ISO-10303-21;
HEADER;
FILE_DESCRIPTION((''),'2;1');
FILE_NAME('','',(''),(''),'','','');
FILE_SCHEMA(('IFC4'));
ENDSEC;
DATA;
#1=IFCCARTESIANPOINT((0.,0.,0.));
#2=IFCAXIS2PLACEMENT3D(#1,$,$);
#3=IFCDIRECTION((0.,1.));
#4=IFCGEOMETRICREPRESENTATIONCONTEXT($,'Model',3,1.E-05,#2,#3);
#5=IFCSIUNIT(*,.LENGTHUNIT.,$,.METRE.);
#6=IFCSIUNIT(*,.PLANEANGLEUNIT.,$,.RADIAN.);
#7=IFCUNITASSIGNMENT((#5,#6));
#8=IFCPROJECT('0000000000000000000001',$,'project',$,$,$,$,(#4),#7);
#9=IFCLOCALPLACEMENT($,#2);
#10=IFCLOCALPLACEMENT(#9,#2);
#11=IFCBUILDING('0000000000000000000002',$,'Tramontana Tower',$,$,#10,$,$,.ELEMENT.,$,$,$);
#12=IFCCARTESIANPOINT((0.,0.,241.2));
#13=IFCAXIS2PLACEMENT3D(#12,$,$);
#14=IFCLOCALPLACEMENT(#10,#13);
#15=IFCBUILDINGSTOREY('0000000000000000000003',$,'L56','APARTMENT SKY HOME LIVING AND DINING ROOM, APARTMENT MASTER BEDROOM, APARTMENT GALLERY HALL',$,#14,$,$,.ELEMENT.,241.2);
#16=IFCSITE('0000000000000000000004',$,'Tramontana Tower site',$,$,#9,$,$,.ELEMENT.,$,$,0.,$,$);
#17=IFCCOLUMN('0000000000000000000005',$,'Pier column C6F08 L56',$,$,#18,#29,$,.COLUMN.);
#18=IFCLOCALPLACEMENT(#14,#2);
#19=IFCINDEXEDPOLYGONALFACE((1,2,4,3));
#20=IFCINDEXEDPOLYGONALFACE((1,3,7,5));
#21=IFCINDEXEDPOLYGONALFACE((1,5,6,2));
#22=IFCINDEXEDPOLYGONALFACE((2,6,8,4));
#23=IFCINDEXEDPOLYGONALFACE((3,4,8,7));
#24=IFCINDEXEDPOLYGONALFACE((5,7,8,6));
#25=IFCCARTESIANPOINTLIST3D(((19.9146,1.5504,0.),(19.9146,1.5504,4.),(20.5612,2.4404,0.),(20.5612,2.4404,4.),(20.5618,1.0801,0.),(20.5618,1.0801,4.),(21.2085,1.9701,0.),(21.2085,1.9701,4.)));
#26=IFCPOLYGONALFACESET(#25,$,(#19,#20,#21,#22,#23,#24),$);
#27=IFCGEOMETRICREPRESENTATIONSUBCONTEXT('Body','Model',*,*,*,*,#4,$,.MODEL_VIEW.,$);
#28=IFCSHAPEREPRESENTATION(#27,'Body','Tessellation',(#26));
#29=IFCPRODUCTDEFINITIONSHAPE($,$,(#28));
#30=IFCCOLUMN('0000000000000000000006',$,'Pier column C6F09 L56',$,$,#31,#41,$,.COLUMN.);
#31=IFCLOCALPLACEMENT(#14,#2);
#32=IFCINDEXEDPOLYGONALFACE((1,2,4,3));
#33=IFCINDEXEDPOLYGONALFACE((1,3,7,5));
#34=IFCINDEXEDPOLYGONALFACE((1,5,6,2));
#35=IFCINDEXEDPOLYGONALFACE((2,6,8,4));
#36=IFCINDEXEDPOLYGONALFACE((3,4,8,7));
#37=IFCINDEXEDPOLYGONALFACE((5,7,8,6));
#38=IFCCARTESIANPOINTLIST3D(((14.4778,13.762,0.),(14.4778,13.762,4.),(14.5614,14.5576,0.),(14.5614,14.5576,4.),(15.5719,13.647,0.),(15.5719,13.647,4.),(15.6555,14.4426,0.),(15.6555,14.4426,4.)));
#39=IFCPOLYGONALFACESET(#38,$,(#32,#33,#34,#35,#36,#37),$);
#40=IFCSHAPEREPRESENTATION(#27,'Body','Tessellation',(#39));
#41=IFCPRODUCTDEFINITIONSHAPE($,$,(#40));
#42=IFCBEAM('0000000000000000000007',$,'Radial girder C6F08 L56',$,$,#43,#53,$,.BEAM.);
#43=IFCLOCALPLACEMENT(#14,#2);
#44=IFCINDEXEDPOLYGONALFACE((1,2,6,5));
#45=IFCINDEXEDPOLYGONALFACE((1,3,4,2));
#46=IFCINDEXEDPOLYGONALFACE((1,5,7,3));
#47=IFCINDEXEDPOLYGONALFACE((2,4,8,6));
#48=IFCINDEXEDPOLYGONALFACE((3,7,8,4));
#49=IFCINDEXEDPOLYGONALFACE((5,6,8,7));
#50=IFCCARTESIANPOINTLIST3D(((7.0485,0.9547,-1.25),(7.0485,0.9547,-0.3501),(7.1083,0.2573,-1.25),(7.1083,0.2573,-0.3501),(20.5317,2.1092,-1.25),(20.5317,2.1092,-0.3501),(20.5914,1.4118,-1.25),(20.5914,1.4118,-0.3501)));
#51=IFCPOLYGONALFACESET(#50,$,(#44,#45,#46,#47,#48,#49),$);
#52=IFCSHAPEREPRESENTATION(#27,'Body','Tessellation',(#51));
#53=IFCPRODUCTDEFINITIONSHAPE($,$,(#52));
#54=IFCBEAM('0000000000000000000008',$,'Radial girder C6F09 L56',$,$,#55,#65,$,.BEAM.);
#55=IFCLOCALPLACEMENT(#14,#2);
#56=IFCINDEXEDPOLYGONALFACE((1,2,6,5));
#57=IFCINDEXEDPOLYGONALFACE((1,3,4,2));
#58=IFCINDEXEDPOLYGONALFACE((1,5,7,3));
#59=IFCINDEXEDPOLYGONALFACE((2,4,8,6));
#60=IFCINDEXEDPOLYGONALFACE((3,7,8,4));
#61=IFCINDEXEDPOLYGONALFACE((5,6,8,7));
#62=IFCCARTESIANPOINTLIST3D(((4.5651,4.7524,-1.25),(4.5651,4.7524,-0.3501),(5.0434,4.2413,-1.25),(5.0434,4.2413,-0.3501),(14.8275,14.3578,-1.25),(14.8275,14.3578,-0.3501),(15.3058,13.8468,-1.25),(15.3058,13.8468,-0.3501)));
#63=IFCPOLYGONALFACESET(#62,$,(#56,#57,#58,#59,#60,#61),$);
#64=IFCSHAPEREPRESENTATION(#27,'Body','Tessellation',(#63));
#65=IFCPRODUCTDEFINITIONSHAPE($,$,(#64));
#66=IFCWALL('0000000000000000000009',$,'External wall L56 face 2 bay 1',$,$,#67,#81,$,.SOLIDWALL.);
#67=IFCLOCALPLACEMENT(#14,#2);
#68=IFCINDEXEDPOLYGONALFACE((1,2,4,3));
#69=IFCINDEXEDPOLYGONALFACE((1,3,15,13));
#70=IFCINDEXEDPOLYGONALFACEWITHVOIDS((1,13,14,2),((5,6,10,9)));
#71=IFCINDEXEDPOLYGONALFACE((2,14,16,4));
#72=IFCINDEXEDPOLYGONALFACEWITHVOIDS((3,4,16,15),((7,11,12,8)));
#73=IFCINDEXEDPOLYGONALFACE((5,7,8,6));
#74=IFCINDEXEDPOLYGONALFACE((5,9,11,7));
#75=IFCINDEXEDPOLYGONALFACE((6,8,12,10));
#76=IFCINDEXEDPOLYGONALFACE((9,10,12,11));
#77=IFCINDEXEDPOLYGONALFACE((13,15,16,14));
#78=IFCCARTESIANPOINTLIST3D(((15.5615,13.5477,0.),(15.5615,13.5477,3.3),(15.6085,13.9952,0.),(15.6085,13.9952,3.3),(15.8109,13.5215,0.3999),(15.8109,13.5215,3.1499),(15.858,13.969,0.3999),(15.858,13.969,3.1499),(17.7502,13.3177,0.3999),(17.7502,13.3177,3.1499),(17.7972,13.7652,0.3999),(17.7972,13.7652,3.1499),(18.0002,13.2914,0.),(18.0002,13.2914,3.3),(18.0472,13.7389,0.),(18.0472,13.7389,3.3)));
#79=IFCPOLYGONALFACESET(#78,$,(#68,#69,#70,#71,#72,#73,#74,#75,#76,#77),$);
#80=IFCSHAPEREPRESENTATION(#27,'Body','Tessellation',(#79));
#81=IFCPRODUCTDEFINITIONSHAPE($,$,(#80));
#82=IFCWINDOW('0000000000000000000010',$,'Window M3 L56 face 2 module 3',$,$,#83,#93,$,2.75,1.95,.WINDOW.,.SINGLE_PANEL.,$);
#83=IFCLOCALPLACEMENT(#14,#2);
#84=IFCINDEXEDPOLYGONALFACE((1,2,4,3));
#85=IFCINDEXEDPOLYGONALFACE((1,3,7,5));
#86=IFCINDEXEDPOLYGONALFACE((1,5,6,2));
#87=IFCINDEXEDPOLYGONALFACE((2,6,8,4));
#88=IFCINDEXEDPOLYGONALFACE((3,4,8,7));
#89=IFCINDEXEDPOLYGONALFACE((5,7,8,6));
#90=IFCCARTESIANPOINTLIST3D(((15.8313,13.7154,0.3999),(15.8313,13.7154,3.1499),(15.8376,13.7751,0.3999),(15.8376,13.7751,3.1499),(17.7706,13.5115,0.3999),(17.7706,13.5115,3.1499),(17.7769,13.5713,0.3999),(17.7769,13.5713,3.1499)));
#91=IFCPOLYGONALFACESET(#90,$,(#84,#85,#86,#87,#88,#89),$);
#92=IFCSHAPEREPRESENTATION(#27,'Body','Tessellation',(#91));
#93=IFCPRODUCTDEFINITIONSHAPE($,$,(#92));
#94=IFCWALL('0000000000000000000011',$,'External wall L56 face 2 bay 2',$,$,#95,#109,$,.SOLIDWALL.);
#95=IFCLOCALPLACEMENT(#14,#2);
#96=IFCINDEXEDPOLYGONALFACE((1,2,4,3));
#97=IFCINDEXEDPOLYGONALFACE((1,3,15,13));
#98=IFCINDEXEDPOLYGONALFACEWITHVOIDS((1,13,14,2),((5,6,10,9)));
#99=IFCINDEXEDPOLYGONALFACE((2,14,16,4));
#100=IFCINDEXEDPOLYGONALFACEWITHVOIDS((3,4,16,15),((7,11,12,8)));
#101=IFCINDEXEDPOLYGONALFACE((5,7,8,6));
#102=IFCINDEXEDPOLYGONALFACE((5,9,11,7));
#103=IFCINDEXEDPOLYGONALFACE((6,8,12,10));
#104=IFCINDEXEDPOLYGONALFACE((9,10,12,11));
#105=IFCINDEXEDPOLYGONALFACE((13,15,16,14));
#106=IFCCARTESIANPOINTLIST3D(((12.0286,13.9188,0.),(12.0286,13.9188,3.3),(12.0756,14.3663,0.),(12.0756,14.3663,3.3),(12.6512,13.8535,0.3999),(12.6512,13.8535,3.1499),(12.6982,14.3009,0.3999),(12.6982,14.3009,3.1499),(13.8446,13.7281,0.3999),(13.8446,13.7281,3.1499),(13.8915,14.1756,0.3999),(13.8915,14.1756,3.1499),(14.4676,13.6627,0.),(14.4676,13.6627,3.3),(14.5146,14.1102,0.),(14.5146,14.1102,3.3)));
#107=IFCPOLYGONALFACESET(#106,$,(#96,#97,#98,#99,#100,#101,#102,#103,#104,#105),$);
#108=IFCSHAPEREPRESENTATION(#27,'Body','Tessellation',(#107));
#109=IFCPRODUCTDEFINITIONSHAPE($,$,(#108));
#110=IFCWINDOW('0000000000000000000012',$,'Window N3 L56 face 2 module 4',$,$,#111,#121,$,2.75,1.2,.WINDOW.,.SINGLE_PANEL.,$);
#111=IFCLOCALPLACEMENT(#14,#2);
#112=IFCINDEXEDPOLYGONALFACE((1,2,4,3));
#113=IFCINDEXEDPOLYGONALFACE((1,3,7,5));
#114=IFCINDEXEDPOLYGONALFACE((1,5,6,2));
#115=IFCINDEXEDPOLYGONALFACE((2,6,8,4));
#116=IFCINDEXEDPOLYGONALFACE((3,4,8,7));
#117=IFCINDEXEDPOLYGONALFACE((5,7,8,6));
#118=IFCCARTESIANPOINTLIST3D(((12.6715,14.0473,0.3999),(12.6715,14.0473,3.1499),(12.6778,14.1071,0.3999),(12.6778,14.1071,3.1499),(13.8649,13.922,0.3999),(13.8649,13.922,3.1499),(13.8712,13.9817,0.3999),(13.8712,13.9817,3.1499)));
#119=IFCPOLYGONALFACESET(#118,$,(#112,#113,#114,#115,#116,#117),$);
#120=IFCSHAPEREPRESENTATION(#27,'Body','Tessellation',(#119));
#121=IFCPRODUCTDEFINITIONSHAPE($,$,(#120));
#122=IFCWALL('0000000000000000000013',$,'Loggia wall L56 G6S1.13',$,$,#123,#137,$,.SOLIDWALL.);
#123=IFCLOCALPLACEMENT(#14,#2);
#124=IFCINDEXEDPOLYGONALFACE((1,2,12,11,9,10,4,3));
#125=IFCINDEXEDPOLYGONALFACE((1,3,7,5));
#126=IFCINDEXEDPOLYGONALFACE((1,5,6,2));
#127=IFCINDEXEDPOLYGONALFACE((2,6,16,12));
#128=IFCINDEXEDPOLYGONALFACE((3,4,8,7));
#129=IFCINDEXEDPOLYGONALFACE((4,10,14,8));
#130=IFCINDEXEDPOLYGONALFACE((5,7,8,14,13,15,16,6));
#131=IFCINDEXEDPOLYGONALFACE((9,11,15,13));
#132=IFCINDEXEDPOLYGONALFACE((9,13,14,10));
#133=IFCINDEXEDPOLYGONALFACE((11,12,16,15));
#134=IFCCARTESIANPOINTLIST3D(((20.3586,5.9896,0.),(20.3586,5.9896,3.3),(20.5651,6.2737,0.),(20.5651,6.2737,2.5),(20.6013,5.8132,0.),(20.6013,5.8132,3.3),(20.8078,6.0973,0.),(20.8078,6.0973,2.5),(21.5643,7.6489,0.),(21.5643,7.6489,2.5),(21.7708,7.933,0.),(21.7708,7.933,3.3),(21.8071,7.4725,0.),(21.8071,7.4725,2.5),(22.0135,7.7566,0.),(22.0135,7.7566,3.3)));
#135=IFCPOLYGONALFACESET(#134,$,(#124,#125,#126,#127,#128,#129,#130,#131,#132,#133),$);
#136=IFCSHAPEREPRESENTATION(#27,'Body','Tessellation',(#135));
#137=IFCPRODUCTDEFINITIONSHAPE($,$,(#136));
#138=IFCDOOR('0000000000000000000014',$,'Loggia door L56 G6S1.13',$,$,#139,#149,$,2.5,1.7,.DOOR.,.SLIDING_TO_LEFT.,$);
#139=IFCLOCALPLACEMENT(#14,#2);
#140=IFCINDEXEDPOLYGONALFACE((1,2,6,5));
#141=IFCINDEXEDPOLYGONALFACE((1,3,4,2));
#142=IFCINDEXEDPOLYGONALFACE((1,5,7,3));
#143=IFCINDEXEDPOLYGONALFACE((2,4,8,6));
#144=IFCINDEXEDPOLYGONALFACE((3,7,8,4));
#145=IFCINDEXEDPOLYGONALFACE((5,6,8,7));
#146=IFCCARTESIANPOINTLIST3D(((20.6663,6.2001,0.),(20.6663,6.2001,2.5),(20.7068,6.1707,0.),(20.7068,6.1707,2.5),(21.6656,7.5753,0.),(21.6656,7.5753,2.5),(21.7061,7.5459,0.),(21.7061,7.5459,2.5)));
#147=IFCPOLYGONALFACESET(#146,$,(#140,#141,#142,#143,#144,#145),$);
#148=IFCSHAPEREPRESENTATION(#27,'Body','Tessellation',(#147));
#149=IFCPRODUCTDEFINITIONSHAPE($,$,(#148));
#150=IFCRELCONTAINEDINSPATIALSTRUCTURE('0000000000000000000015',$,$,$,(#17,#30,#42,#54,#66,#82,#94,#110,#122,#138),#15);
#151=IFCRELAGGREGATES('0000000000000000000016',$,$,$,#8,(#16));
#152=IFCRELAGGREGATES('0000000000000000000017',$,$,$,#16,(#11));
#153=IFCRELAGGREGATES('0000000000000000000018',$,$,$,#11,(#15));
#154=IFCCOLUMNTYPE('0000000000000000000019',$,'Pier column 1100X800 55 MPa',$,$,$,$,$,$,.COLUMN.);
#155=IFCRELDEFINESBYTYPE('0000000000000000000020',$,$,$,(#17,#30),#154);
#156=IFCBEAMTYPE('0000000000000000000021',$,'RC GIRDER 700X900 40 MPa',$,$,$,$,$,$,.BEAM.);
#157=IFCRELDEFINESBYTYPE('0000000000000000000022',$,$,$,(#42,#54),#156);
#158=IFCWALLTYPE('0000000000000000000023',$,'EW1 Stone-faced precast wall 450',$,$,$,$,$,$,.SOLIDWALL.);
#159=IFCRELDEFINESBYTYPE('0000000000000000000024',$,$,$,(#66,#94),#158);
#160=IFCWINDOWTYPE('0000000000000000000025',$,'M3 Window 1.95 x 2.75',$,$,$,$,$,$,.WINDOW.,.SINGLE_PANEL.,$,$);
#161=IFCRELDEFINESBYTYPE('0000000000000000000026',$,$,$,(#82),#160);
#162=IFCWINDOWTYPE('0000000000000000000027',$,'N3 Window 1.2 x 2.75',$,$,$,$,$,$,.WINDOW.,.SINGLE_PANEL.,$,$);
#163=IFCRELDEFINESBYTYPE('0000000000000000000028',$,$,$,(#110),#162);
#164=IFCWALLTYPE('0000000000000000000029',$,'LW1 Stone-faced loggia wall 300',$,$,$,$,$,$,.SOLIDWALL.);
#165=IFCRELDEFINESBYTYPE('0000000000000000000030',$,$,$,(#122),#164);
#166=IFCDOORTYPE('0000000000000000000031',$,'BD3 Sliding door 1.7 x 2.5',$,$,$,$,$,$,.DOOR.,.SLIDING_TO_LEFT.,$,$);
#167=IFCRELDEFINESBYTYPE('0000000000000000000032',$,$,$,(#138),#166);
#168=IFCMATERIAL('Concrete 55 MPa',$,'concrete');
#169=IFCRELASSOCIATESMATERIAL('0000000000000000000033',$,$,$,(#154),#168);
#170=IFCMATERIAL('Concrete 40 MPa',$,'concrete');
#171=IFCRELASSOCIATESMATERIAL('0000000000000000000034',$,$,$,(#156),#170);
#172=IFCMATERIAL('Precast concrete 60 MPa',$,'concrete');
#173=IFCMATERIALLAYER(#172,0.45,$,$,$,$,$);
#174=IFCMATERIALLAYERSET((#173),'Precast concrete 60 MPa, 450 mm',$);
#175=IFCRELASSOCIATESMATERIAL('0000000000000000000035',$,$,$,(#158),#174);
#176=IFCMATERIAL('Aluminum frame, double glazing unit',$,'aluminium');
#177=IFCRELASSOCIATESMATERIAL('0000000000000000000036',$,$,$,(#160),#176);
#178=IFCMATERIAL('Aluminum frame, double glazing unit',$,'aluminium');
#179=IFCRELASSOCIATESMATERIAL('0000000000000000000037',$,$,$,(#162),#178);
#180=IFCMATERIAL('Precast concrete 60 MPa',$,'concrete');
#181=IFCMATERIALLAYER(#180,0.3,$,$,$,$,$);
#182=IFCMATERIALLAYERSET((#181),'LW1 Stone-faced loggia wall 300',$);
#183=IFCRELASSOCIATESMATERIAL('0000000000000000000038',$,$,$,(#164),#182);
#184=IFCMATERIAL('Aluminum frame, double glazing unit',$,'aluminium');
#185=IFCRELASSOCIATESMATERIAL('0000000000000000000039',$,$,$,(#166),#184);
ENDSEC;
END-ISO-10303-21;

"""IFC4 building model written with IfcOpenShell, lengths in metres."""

from ifc_helpers import new_model, si_unit, direction, frame, frame_2d, origin, origin_2d, place, context, subcontext, project, spatial, rectangle, extrude, material, layer, layer_set, material_profile, profile_set, type_object, element, fill, save


model = new_model("IFC4")

# Units and contexts
model_context = context("Model", 3, precision=1e-05, world=origin(), true_north=direction((0.0, 1.0)))
body_context = subcontext(model_context, "Body", "Model", "MODEL_VIEW")
ifc_project = project(units=[si_unit("LENGTHUNIT", "METRE"), si_unit("PLANEANGLEUNIT", "RADIAN")], contexts=[model_context])

# Site, building, storey
site_placement = place(None, origin())
site = spatial("IfcSite", under=ifc_project, at=site_placement, Name="Tramontana Tower site", CompositionType="ELEMENT", RefElevation=0.0)
building_placement = place(site_placement, origin())
building = spatial("IfcBuilding", under=site, at=building_placement, Name="Tramontana Tower", CompositionType="ELEMENT")
storey_placement = place(building_placement, frame((0.0, 0.0, 241.2)))
storey = spatial("IfcBuildingStorey", under=building, at=storey_placement, Name="L56", Description="APARTMENT SKY HOME LIVING AND DINING ROOM, APARTMENT MASTER BEDROOM, APARTMENT GALLERY HALL", CompositionType="ELEMENT", Elevation=241.2)

# Columns
ifc_material_1 = material(Name="Concrete 55 MPa", Category="concrete")
ifc_material_profile_1 = material_profile(ifc_material_1, rectangle(XDim=1.1001, YDim=0.8, at=origin_2d()), Name="Pier column 1100X800 55 MPa")
ifc_profile_set_1 = profile_set([ifc_material_profile_1], Name="Concrete 55 MPa")
column_type = type_object("IfcColumnType", Name="Pier column 1100X800 55 MPa", PredefinedType="COLUMN", material=ifc_profile_set_1)
for number, where, z_axis, x_axis, name in (
    (1, (20.5615, 1.7603, 0.0), (0.0, 0.0, 1.0), (0.587785, 0.809017, 0.0), "Pier column C6F08 L56"),
    (2, (15.0667, 14.1023, 0.0), (0.0, 0.0, 1.0), (-0.994522, 0.104528, 0.0), "Pier column C6F09 L56"),
):
    element("IfcColumn", number, at=place(storey_placement, frame(where, z_axis=z_axis, x_axis=x_axis)), inside=storey, type_object=column_type, Name=name, PredefinedType="COLUMN", context=body_context, shape_type="SweptSolid", body=[
        extrude(rectangle(XDim=1.1001, YDim=0.8, at=origin_2d()), origin(), (0.0, 0.0, 1.0), 4.0),
    ])

# Beams
ifc_material_2 = material(Name="Concrete 40 MPa", Category="concrete")
ifc_material_profile_2 = material_profile(ifc_material_2, rectangle(XDim=0.7, YDim=0.8999, at=origin_2d()), Name="RC GIRDER 700X900 40 MPa")
ifc_profile_set_2 = profile_set([ifc_material_profile_2], Name="Concrete 40 MPa")
beam_type = type_object("IfcBeamType", Name="RC GIRDER 700X900 40 MPa", PredefinedType="BEAM", material=ifc_profile_set_2)
beam_1_placement = place(storey_placement, frame((20.5615, 1.7605, -0.8), z_axis=(-0.996354, -0.085316, 0.0), x_axis=(0.085316, -0.996354, 0.0)))
element("IfcBeam", 3, at=beam_1_placement, inside=storey, type_object=beam_type, Name="Radial girder C6F08 L56", PredefinedType="BEAM", context=body_context, shape_type="SweptSolid", body=[
    extrude(rectangle(XDim=0.7, YDim=0.8999, at=origin_2d()), origin(), (0.0, 0.0, 1.0), 13.5325),
])
beam_2_placement = place(storey_placement, frame((15.0667, 14.1023, -0.8), z_axis=(-0.73009, -0.683351, 0.0), x_axis=(0.683351, -0.73009, 0.0)))
element("IfcBeam", 4, at=beam_2_placement, inside=storey, type_object=beam_type, Name="Radial girder C6F09 L56", PredefinedType="BEAM", context=body_context, shape_type="SweptSolid", body=[
    extrude(rectangle(XDim=0.7, YDim=0.8999, at=origin_2d()), origin(), (0.0, 0.0, 1.0), 14.0564),
])

# Walls, openings, windows
ifc_material_3 = material(Name="Precast concrete 60 MPa", Category="concrete")
ifc_layer_1 = layer(ifc_material_3, 0.45)
ifc_layer_set_1 = layer_set([ifc_layer_1], Name="Precast concrete 60 MPa, 450 mm")
wall_type_1 = type_object("IfcWallType", Name="EW1 Stone-faced precast wall 450", PredefinedType="SOLIDWALL", material=ifc_layer_set_1)
wall_1_placement = place(storey_placement, frame((18.0237, 13.5151, 0.0), z_axis=(0.0, 0.0, 1.0), x_axis=(-0.994521, 0.10454, 0.0)))
wall_1 = element("IfcWall", 5, at=wall_1_placement, inside=storey, type_object=wall_type_1, Name="External wall L56 face 2 bay 1", PredefinedType="SOLIDWALL", context=body_context, shape_type="SweptSolid", body=[
    extrude(rectangle(XDim=2.4521, YDim=0.45, at=frame_2d((1.2261, 0.0))), origin(), (0.0, 0.0, 1.0), 3.3),
])
opening_1_placement = place(wall_1_placement, frame((0.2512, 0.0, 0.3999)))
opening_1 = element("IfcOpeningElement", 6, at=opening_1_placement, cuts=wall_1, PredefinedType="OPENING", context=body_context, shape_type="SweptSolid", body=[
    extrude(rectangle(XDim=1.95, YDim=2.75, at=frame_2d((0.9751, 1.375))), frame((0.0, 0.2349, 0.0), z_axis=(0.0, -1.0, 0.0), x_axis=(1.0, 0.0, 0.0)), (0.0, 0.0, 1.0), 0.47),
])
ifc_material_4 = material(Name="Aluminum frame, double glazing unit", Category="aluminium")
window_type_1 = type_object("IfcWindowType", Name="M3 Window 1.95 x 2.75", PartitioningType="SINGLE_PANEL", PredefinedType="WINDOW", material=ifc_material_4)
window_1_placement = place(opening_1_placement, origin())
window_1 = element("IfcWindow", 7, at=window_1_placement, inside=storey, type_object=window_type_1, Name="Window M3 L56 face 2 module 3", OverallHeight=2.75, OverallWidth=1.95, PartitioningType="SINGLE_PANEL", PredefinedType="WINDOW", context=body_context, shape_type="SweptSolid", body=[
    extrude(rectangle(XDim=1.95, YDim=2.75, at=frame_2d((0.9751, 1.375))), frame((0.0, 0.03, 0.0), z_axis=(0.0, -1.0, 0.0), x_axis=(1.0, 0.0, 0.0)), (0.0, 0.0, 1.0), 0.0601),
])
fill(opening_1, window_1)
wall_2_placement = place(storey_placement, frame((14.491, 13.8865, 0.0), z_axis=(0.0, 0.0, 1.0), x_axis=(-0.994532, 0.104431, 0.0)))
wall_2 = element("IfcWall", 8, at=wall_2_placement, inside=storey, type_object=wall_type_1, Name="External wall L56 face 2 bay 2", PredefinedType="SOLIDWALL", context=body_context, shape_type="SweptSolid", body=[
    extrude(rectangle(XDim=2.4524, YDim=0.45, at=frame_2d((1.2261, 0.0))), origin(), (0.0, 0.0, 1.0), 3.3),
])
opening_2_placement = place(wall_2_placement, frame((0.6262, 0.0, 0.3999)))
opening_2 = element("IfcOpeningElement", 9, at=opening_2_placement, cuts=wall_2, PredefinedType="OPENING", context=body_context, shape_type="SweptSolid", body=[
    extrude(rectangle(XDim=1.2, YDim=2.75, at=frame_2d((0.6001, 1.375))), frame((0.0, 0.2349, 0.0), z_axis=(0.0, -1.0, 0.0), x_axis=(1.0, 0.0, 0.0)), (0.0, 0.0, 1.0), 0.47),
])
ifc_material_5 = material(Name="Aluminum frame, double glazing unit", Category="aluminium")
window_type_2 = type_object("IfcWindowType", Name="N3 Window 1.2 x 2.75", PartitioningType="SINGLE_PANEL", PredefinedType="WINDOW", material=ifc_material_5)
window_2_placement = place(opening_2_placement, origin())
window_2 = element("IfcWindow", 10, at=window_2_placement, inside=storey, type_object=window_type_2, Name="Window N3 L56 face 2 module 4", OverallHeight=2.75, OverallWidth=1.2, PartitioningType="SINGLE_PANEL", PredefinedType="WINDOW", context=body_context, shape_type="SweptSolid", body=[
    extrude(rectangle(XDim=1.2, YDim=2.75, at=frame_2d((0.6001, 1.375))), frame((0.0, 0.03, 0.0), z_axis=(0.0, -1.0, 0.0), x_axis=(1.0, 0.0, 0.0)), (0.0, 0.0, 1.0), 0.0601),
])
fill(opening_2, window_2)

# Wall, opening, door
ifc_material_6 = material(Name="Precast concrete 60 MPa", Category="concrete")
ifc_layer_2 = layer(ifc_material_6, 0.3)
ifc_layer_set_2 = layer_set([ifc_layer_2], Name="LW1 Stone-faced loggia wall 300")
wall_type_2 = type_object("IfcWallType", Name="LW1 Stone-faced loggia wall 300", PredefinedType="SOLIDWALL", material=ifc_layer_set_2)
wall_3_placement = place(storey_placement, frame((20.48, 5.9014, 0.0), z_axis=(0.0, 0.0, 1.0), x_axis=(0.587833, 0.808982, 0.0)))
wall_3 = element("IfcWall", 11, at=wall_3_placement, inside=storey, type_object=wall_type_2, Name="Loggia wall L56 G6S1.13", PredefinedType="SOLIDWALL", context=body_context, shape_type="SweptSolid", body=[
    extrude(rectangle(XDim=2.4023, YDim=0.3, at=frame_2d((1.2012, 0.0))), origin(), (0.0, 0.0, 1.0), 3.3),
])
opening_3_placement = place(wall_3_placement, frame((0.3511, 0.0, 0.0)))
opening_3 = element("IfcOpeningElement", 12, at=opening_3_placement, cuts=wall_3, PredefinedType="OPENING", context=body_context, shape_type="SweptSolid", body=[
    extrude(rectangle(XDim=1.7, YDim=2.5, at=frame_2d((0.8501, 1.25))), frame((0.0, 0.1599, 0.0), z_axis=(0.0, -1.0, 0.0), x_axis=(1.0, 0.0, 0.0)), (0.0, 0.0, 1.0), 0.3201),
])
ifc_material_7 = material(Name="Aluminum frame, double glazing unit", Category="aluminium")
door_type_1 = type_object("IfcDoorType", Name="BD3 Sliding door 1.7 x 2.5", OperationType="SLIDING_TO_LEFT", PredefinedType="DOOR", material=ifc_material_7)
door_1_placement = place(opening_3_placement, origin())
door_1 = element("IfcDoor", 13, at=door_1_placement, inside=storey, type_object=door_type_1, Name="Loggia door L56 G6S1.13", OperationType="SLIDING_TO_LEFT", OverallHeight=2.5, OverallWidth=1.7, PredefinedType="DOOR", context=body_context, shape_type="SweptSolid", body=[
    extrude(rectangle(XDim=1.7, YDim=2.5, at=frame_2d((0.8501, 1.25))), frame((0.0, 0.0249, 0.0), z_axis=(0.0, -1.0, 0.0), x_axis=(1.0, 0.0, 0.0)), (0.0, 0.0, 1.0), 0.05),
])
fill(opening_3, door_1)

save(model, "model.ifc")
